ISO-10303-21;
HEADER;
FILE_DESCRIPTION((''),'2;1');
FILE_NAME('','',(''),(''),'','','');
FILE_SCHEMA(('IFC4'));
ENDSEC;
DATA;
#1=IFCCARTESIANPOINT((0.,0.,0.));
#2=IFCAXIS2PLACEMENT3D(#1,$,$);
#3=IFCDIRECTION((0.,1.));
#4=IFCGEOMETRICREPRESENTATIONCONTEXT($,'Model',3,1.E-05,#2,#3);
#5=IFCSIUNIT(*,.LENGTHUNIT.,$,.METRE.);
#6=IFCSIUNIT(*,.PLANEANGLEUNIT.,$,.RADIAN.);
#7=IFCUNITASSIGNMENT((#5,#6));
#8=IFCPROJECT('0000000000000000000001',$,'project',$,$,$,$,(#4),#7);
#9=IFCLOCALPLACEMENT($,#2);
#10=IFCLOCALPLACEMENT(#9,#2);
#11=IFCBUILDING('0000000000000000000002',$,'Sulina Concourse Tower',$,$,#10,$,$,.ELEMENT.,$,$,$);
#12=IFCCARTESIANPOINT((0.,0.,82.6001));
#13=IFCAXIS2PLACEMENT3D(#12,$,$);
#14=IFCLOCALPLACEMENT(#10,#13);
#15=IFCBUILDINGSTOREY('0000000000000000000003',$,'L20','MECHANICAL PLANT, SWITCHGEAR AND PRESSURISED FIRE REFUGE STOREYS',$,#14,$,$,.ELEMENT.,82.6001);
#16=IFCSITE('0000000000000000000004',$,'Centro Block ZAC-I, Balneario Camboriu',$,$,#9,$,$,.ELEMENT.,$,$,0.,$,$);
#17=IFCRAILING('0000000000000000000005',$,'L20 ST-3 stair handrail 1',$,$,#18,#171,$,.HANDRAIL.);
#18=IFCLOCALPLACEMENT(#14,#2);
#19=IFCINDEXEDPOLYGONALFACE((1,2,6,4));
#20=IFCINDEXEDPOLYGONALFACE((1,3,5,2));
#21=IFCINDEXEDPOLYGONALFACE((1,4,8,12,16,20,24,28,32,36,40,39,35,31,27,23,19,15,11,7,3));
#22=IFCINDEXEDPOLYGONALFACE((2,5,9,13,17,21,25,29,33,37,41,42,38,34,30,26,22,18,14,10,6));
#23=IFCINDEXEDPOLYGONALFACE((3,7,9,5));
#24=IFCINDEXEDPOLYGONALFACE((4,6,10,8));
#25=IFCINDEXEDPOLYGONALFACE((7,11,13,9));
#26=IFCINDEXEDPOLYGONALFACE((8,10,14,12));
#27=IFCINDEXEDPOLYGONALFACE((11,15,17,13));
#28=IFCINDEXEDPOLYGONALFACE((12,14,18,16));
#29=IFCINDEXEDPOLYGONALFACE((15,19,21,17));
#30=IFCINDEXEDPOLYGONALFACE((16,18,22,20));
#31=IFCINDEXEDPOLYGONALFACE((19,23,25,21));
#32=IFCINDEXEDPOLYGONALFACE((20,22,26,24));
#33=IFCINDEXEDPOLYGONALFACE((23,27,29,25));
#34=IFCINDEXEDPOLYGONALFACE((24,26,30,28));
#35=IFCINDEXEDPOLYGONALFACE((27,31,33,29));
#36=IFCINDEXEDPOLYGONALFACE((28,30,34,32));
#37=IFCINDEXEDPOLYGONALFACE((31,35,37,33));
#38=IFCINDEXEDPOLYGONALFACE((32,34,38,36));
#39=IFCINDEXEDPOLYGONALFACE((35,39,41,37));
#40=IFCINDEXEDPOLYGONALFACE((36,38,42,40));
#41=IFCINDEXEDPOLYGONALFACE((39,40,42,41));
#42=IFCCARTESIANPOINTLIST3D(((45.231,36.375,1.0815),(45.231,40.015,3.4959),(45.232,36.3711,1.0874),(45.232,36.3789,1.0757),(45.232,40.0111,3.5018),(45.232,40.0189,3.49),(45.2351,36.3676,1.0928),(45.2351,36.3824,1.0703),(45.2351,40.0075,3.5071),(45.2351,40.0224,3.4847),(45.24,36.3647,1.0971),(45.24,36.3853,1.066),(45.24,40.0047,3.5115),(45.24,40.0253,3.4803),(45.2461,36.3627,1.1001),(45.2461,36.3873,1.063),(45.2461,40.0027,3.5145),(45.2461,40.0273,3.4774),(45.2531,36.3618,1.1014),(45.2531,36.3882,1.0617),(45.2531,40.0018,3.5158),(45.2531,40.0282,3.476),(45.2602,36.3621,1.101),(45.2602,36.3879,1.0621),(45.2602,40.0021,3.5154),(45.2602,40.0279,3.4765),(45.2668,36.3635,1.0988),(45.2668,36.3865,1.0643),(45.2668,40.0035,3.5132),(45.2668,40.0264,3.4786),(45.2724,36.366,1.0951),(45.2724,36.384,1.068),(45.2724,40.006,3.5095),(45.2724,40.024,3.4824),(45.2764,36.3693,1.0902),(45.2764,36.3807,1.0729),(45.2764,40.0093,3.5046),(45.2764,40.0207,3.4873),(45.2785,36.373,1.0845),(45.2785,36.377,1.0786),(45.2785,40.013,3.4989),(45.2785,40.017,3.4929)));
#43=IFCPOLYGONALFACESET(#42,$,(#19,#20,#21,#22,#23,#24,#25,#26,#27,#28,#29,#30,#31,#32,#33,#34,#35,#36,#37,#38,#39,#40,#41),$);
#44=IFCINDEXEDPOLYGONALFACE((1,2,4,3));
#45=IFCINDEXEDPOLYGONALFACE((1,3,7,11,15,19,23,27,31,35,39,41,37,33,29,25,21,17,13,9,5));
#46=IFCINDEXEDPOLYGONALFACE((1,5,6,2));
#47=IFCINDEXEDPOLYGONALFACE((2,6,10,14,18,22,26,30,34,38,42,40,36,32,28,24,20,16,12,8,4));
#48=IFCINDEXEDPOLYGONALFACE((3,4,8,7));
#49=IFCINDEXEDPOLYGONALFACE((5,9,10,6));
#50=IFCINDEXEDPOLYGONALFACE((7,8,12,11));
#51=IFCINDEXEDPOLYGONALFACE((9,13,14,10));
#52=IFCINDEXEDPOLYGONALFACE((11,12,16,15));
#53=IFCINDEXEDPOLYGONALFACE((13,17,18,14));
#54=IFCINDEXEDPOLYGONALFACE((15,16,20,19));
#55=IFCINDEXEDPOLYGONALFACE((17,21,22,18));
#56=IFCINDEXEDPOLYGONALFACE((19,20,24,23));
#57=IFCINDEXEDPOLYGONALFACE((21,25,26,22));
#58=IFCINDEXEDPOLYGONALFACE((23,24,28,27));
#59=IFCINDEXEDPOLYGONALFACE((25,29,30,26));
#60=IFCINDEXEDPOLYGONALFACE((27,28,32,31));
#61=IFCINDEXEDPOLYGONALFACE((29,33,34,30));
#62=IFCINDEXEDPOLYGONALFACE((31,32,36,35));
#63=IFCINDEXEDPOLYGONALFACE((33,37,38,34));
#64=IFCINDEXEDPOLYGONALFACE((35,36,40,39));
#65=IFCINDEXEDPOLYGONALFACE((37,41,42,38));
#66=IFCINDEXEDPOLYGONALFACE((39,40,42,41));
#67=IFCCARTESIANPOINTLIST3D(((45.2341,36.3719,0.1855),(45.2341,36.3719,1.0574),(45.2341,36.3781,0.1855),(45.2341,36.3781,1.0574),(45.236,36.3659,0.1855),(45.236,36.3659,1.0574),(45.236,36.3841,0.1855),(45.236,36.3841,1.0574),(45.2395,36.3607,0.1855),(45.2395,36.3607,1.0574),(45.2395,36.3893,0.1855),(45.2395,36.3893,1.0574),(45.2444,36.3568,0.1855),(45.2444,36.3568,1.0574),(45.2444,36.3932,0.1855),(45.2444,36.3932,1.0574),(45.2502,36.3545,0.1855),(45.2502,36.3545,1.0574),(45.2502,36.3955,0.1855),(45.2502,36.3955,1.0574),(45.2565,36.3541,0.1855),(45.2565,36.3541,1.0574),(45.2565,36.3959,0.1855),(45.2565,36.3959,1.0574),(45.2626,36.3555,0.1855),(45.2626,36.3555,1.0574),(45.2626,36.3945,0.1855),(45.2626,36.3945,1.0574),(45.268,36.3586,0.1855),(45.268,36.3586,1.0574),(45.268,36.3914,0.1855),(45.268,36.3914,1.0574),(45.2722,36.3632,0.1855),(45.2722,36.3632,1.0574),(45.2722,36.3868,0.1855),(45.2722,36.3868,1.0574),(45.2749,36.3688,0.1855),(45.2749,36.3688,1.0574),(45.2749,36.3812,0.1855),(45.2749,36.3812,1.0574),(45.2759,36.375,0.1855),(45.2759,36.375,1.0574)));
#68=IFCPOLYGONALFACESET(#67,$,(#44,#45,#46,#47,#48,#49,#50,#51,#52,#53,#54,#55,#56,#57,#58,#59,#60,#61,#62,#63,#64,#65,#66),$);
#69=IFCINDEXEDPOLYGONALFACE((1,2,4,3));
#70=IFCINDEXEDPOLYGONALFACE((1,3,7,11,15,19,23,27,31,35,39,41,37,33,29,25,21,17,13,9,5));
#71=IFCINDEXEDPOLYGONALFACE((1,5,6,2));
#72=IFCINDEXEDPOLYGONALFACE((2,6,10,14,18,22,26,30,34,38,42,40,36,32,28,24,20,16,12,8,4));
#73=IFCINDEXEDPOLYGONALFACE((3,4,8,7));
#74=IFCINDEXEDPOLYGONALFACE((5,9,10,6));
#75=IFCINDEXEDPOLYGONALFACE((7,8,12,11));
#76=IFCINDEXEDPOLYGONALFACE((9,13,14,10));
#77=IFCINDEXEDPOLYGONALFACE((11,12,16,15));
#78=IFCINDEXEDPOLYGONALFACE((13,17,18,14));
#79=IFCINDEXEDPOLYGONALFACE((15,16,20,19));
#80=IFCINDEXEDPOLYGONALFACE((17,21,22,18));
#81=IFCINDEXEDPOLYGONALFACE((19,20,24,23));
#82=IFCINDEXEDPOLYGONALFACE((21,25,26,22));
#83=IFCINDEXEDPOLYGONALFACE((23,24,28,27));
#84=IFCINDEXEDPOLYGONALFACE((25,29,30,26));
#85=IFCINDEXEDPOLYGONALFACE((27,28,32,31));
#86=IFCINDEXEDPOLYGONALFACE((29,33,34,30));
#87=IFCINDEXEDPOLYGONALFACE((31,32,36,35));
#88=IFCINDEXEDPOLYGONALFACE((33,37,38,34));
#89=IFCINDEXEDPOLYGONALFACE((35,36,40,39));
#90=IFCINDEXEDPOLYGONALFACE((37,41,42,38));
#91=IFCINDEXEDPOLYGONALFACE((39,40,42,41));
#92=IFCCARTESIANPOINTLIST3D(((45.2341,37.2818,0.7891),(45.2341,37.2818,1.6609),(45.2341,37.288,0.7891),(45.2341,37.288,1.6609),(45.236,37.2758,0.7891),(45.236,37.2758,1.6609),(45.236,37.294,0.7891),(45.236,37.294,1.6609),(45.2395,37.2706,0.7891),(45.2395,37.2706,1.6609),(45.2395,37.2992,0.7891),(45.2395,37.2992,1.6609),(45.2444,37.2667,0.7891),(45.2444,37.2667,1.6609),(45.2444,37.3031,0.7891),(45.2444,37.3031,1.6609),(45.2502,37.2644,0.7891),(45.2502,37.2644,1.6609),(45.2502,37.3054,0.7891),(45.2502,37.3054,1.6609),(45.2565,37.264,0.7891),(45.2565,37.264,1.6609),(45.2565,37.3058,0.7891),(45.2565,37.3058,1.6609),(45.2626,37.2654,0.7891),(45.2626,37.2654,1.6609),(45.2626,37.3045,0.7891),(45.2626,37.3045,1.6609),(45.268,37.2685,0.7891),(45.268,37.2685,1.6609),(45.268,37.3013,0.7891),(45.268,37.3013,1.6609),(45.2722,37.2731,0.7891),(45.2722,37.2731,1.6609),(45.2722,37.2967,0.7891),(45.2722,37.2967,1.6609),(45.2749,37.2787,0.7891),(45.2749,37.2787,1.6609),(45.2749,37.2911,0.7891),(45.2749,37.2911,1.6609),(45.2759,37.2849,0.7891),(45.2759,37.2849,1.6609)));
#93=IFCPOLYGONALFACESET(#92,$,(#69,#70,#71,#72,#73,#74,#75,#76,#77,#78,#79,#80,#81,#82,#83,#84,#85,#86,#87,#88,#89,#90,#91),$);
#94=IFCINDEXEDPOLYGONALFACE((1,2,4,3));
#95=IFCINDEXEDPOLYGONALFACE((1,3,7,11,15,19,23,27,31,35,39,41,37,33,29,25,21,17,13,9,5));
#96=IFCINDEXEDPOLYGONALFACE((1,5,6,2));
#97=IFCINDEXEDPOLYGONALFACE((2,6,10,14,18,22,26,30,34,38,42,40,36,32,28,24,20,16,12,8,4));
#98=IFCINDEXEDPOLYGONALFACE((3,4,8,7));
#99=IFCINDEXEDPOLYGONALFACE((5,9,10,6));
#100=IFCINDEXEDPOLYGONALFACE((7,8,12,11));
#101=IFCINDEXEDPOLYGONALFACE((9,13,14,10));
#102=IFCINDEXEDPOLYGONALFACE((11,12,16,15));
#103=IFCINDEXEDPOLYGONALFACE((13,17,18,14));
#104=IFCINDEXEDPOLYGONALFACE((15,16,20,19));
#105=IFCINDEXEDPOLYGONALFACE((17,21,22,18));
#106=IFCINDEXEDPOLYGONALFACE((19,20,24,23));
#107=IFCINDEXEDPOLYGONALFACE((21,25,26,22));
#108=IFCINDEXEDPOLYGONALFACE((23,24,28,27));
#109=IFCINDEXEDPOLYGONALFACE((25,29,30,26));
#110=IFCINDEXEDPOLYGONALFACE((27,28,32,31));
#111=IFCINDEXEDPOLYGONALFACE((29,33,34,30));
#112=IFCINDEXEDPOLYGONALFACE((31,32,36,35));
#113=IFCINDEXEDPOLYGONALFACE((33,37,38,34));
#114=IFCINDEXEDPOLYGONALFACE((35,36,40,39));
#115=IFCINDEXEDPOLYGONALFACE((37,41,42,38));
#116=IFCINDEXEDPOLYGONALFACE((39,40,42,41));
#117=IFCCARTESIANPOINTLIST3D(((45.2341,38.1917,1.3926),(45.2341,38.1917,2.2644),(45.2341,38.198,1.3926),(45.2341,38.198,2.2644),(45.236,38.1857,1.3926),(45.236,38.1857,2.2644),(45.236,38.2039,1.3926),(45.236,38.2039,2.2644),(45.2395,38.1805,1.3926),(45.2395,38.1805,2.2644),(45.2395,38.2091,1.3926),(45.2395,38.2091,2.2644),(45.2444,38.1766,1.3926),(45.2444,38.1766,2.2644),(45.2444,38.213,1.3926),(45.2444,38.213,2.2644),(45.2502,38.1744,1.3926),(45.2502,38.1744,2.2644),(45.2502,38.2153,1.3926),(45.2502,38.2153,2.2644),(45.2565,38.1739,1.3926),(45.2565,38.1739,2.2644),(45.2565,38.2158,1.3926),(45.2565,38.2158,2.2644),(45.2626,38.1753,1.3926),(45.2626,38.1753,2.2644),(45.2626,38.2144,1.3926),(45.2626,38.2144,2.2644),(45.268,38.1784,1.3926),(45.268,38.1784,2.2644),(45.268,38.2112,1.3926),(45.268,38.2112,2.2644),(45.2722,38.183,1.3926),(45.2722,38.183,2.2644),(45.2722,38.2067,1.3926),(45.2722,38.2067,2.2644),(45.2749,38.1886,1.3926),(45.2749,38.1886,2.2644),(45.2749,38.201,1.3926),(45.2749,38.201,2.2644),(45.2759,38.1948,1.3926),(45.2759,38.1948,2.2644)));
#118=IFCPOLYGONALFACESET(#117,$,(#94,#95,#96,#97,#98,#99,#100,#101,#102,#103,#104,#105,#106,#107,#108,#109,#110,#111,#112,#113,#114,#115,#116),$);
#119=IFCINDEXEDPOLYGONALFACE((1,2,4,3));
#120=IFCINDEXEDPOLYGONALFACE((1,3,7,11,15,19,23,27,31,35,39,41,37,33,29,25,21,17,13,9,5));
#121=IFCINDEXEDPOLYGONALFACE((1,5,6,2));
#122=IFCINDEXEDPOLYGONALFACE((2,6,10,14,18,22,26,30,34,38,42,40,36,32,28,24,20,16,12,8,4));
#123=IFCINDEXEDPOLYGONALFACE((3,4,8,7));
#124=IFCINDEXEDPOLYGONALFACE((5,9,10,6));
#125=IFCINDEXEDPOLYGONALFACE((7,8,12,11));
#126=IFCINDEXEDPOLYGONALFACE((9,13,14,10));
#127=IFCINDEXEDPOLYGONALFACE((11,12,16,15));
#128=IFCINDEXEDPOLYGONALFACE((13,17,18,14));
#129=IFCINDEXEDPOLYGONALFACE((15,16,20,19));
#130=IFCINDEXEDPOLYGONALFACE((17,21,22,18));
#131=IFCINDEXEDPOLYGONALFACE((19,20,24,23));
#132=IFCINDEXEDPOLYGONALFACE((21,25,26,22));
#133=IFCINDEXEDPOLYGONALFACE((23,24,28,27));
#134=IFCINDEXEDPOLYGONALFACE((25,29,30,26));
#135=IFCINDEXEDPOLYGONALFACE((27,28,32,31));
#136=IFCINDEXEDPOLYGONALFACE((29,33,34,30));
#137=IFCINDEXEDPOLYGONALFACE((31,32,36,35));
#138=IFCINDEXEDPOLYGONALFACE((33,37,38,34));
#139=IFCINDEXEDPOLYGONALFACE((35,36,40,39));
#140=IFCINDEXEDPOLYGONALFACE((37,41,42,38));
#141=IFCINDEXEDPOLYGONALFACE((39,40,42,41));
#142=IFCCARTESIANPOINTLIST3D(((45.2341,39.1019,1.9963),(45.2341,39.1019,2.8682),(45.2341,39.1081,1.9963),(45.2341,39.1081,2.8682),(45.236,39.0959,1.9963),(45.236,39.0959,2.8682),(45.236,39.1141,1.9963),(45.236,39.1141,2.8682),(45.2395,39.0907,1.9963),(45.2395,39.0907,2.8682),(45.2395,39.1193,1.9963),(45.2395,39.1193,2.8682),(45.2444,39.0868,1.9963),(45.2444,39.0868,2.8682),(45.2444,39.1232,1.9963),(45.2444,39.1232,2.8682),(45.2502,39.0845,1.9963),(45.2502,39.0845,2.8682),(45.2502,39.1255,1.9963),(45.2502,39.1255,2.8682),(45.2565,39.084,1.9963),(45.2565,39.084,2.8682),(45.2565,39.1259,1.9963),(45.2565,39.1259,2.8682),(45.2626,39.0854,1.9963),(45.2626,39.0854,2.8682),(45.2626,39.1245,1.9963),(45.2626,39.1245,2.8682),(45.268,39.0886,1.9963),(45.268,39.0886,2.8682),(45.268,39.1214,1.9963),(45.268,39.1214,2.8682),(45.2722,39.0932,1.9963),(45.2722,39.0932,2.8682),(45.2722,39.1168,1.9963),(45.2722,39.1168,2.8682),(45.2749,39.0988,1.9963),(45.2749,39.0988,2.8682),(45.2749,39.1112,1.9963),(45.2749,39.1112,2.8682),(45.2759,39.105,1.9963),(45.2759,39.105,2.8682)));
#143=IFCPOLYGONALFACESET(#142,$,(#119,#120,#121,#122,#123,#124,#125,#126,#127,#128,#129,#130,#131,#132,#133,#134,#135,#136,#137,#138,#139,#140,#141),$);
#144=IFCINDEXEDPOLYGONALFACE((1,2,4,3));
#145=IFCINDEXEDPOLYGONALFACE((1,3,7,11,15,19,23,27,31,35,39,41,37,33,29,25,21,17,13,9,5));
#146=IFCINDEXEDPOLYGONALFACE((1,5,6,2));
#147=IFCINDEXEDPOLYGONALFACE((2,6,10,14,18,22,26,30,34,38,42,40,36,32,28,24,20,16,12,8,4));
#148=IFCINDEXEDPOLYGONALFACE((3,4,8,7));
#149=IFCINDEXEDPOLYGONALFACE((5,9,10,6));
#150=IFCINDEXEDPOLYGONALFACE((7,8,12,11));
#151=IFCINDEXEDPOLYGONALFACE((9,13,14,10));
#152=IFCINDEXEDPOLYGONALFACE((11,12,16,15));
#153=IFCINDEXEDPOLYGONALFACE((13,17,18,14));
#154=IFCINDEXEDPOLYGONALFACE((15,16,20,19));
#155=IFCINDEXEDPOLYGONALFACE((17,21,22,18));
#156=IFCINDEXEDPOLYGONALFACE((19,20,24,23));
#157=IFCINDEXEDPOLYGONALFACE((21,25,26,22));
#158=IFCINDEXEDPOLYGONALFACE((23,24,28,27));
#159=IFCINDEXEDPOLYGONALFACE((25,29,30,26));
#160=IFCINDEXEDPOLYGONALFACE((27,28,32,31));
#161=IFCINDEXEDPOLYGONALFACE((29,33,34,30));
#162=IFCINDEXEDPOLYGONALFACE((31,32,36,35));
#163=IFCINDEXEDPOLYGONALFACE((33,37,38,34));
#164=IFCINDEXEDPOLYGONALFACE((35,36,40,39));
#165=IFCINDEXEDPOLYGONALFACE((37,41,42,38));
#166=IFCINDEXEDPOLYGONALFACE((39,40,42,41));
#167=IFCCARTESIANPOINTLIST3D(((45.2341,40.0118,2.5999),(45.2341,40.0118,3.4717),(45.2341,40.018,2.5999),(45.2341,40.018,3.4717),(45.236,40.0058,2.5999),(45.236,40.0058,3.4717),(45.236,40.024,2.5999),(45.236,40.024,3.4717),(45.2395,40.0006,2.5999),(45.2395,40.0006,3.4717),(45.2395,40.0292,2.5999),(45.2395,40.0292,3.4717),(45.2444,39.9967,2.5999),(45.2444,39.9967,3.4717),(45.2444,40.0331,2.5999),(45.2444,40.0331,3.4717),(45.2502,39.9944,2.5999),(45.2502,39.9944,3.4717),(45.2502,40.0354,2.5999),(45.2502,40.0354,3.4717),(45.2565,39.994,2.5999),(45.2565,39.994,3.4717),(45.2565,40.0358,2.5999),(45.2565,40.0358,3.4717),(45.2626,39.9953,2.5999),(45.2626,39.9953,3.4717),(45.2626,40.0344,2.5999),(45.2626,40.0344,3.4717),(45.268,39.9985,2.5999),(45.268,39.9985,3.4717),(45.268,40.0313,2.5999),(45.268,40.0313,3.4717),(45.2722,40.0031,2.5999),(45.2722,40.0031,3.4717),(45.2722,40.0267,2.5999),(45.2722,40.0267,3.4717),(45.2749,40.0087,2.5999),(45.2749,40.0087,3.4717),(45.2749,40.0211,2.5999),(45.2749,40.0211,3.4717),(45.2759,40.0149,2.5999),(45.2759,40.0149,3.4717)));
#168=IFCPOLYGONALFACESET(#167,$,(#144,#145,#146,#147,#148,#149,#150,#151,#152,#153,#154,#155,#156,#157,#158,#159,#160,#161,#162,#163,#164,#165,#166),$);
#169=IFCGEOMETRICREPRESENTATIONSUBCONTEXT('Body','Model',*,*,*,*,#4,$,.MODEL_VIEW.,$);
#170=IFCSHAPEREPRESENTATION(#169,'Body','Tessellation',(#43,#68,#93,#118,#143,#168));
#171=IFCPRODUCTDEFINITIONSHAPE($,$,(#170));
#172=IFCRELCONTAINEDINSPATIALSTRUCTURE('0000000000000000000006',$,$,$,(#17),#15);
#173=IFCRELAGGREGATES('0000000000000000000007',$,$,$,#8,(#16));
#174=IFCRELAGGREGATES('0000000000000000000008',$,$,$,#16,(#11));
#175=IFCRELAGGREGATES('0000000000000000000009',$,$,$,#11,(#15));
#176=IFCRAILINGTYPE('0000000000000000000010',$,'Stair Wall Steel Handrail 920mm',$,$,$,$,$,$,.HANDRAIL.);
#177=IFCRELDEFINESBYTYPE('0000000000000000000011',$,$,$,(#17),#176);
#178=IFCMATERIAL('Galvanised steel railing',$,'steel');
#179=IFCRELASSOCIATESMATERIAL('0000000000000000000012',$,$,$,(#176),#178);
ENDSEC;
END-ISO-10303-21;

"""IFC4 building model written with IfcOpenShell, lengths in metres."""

from ifc_helpers import new_model, si_unit, direction, frame, origin, origin_2d, place, context, subcontext, project, spatial, circle, extrude, material, type_object, element, save


model = new_model("IFC4")

# Units and contexts
model_context = context("Model", 3, precision=1e-05, world=origin(), true_north=direction((0.0, 1.0)))
body_context = subcontext(model_context, "Body", "Model", "MODEL_VIEW")
ifc_project = project(units=[si_unit("LENGTHUNIT", "METRE"), si_unit("PLANEANGLEUNIT", "RADIAN")], contexts=[model_context])

# Site, building, storey
site_placement = place(None, origin())
site = spatial("IfcSite", under=ifc_project, at=site_placement, Name="Centro Block ZAC-I, Balneario Camboriu", CompositionType="ELEMENT", RefElevation=0.0)
building_placement = place(site_placement, origin())
building = spatial("IfcBuilding", under=site, at=building_placement, Name="Sulina Concourse Tower", CompositionType="ELEMENT")
storey_placement = place(building_placement, frame((0.0, 0.0, 82.6001)))
storey = spatial("IfcBuildingStorey", under=building, at=storey_placement, Name="L20", Description="MECHANICAL PLANT, SWITCHGEAR AND PRESSURISED FIRE REFUGE STOREYS", CompositionType="ELEMENT", Elevation=82.6001)

# Railing
ifc_material_1 = material(Name="Galvanised steel railing", Category="steel")
railing_type_1 = type_object("IfcRailingType", Name="Stair Wall Steel Handrail 920mm", PredefinedType="HANDRAIL", material=ifc_material_1)
railing_1_placement = place(storey_placement, frame((45.2549, 36.375, 0.1855)))
element("IfcRailing", 1, at=railing_1_placement, inside=storey, type_object=railing_type_1, Name="L20 ST-3 stair handrail 1", PredefinedType="HANDRAIL", context=body_context, shape_type="SweptSolid", body=[
    extrude(circle(Radius=0.0239, at=origin_2d()), frame((0.0, 0.0, 0.896), z_axis=(0.0, 0.833347, 0.552751), x_axis=(-1.0, 0.0, 0.0)), (0.0, 0.0, 1.0), 4.3679),
    extrude(circle(Radius=0.021, at=origin_2d()), origin(), (0.0, 0.0, 1.0), 0.8718),
    extrude(circle(Radius=0.021, at=origin_2d()), frame((0.0, 0.9099, 0.6035)), (0.0, 0.0, 1.0), 0.8718),
    extrude(circle(Radius=0.021, at=origin_2d()), frame((0.0, 1.8198, 1.207)), (0.0, 0.0, 1.0), 0.8718),
    extrude(circle(Radius=0.021, at=origin_2d()), frame((0.0, 2.73, 1.8108)), (0.0, 0.0, 1.0), 0.8718),
    extrude(circle(Radius=0.021, at=origin_2d()), frame((0.0, 3.6399, 2.4143)), (0.0, 0.0, 1.0), 0.8718),
])

save(model, "model.ifc")
